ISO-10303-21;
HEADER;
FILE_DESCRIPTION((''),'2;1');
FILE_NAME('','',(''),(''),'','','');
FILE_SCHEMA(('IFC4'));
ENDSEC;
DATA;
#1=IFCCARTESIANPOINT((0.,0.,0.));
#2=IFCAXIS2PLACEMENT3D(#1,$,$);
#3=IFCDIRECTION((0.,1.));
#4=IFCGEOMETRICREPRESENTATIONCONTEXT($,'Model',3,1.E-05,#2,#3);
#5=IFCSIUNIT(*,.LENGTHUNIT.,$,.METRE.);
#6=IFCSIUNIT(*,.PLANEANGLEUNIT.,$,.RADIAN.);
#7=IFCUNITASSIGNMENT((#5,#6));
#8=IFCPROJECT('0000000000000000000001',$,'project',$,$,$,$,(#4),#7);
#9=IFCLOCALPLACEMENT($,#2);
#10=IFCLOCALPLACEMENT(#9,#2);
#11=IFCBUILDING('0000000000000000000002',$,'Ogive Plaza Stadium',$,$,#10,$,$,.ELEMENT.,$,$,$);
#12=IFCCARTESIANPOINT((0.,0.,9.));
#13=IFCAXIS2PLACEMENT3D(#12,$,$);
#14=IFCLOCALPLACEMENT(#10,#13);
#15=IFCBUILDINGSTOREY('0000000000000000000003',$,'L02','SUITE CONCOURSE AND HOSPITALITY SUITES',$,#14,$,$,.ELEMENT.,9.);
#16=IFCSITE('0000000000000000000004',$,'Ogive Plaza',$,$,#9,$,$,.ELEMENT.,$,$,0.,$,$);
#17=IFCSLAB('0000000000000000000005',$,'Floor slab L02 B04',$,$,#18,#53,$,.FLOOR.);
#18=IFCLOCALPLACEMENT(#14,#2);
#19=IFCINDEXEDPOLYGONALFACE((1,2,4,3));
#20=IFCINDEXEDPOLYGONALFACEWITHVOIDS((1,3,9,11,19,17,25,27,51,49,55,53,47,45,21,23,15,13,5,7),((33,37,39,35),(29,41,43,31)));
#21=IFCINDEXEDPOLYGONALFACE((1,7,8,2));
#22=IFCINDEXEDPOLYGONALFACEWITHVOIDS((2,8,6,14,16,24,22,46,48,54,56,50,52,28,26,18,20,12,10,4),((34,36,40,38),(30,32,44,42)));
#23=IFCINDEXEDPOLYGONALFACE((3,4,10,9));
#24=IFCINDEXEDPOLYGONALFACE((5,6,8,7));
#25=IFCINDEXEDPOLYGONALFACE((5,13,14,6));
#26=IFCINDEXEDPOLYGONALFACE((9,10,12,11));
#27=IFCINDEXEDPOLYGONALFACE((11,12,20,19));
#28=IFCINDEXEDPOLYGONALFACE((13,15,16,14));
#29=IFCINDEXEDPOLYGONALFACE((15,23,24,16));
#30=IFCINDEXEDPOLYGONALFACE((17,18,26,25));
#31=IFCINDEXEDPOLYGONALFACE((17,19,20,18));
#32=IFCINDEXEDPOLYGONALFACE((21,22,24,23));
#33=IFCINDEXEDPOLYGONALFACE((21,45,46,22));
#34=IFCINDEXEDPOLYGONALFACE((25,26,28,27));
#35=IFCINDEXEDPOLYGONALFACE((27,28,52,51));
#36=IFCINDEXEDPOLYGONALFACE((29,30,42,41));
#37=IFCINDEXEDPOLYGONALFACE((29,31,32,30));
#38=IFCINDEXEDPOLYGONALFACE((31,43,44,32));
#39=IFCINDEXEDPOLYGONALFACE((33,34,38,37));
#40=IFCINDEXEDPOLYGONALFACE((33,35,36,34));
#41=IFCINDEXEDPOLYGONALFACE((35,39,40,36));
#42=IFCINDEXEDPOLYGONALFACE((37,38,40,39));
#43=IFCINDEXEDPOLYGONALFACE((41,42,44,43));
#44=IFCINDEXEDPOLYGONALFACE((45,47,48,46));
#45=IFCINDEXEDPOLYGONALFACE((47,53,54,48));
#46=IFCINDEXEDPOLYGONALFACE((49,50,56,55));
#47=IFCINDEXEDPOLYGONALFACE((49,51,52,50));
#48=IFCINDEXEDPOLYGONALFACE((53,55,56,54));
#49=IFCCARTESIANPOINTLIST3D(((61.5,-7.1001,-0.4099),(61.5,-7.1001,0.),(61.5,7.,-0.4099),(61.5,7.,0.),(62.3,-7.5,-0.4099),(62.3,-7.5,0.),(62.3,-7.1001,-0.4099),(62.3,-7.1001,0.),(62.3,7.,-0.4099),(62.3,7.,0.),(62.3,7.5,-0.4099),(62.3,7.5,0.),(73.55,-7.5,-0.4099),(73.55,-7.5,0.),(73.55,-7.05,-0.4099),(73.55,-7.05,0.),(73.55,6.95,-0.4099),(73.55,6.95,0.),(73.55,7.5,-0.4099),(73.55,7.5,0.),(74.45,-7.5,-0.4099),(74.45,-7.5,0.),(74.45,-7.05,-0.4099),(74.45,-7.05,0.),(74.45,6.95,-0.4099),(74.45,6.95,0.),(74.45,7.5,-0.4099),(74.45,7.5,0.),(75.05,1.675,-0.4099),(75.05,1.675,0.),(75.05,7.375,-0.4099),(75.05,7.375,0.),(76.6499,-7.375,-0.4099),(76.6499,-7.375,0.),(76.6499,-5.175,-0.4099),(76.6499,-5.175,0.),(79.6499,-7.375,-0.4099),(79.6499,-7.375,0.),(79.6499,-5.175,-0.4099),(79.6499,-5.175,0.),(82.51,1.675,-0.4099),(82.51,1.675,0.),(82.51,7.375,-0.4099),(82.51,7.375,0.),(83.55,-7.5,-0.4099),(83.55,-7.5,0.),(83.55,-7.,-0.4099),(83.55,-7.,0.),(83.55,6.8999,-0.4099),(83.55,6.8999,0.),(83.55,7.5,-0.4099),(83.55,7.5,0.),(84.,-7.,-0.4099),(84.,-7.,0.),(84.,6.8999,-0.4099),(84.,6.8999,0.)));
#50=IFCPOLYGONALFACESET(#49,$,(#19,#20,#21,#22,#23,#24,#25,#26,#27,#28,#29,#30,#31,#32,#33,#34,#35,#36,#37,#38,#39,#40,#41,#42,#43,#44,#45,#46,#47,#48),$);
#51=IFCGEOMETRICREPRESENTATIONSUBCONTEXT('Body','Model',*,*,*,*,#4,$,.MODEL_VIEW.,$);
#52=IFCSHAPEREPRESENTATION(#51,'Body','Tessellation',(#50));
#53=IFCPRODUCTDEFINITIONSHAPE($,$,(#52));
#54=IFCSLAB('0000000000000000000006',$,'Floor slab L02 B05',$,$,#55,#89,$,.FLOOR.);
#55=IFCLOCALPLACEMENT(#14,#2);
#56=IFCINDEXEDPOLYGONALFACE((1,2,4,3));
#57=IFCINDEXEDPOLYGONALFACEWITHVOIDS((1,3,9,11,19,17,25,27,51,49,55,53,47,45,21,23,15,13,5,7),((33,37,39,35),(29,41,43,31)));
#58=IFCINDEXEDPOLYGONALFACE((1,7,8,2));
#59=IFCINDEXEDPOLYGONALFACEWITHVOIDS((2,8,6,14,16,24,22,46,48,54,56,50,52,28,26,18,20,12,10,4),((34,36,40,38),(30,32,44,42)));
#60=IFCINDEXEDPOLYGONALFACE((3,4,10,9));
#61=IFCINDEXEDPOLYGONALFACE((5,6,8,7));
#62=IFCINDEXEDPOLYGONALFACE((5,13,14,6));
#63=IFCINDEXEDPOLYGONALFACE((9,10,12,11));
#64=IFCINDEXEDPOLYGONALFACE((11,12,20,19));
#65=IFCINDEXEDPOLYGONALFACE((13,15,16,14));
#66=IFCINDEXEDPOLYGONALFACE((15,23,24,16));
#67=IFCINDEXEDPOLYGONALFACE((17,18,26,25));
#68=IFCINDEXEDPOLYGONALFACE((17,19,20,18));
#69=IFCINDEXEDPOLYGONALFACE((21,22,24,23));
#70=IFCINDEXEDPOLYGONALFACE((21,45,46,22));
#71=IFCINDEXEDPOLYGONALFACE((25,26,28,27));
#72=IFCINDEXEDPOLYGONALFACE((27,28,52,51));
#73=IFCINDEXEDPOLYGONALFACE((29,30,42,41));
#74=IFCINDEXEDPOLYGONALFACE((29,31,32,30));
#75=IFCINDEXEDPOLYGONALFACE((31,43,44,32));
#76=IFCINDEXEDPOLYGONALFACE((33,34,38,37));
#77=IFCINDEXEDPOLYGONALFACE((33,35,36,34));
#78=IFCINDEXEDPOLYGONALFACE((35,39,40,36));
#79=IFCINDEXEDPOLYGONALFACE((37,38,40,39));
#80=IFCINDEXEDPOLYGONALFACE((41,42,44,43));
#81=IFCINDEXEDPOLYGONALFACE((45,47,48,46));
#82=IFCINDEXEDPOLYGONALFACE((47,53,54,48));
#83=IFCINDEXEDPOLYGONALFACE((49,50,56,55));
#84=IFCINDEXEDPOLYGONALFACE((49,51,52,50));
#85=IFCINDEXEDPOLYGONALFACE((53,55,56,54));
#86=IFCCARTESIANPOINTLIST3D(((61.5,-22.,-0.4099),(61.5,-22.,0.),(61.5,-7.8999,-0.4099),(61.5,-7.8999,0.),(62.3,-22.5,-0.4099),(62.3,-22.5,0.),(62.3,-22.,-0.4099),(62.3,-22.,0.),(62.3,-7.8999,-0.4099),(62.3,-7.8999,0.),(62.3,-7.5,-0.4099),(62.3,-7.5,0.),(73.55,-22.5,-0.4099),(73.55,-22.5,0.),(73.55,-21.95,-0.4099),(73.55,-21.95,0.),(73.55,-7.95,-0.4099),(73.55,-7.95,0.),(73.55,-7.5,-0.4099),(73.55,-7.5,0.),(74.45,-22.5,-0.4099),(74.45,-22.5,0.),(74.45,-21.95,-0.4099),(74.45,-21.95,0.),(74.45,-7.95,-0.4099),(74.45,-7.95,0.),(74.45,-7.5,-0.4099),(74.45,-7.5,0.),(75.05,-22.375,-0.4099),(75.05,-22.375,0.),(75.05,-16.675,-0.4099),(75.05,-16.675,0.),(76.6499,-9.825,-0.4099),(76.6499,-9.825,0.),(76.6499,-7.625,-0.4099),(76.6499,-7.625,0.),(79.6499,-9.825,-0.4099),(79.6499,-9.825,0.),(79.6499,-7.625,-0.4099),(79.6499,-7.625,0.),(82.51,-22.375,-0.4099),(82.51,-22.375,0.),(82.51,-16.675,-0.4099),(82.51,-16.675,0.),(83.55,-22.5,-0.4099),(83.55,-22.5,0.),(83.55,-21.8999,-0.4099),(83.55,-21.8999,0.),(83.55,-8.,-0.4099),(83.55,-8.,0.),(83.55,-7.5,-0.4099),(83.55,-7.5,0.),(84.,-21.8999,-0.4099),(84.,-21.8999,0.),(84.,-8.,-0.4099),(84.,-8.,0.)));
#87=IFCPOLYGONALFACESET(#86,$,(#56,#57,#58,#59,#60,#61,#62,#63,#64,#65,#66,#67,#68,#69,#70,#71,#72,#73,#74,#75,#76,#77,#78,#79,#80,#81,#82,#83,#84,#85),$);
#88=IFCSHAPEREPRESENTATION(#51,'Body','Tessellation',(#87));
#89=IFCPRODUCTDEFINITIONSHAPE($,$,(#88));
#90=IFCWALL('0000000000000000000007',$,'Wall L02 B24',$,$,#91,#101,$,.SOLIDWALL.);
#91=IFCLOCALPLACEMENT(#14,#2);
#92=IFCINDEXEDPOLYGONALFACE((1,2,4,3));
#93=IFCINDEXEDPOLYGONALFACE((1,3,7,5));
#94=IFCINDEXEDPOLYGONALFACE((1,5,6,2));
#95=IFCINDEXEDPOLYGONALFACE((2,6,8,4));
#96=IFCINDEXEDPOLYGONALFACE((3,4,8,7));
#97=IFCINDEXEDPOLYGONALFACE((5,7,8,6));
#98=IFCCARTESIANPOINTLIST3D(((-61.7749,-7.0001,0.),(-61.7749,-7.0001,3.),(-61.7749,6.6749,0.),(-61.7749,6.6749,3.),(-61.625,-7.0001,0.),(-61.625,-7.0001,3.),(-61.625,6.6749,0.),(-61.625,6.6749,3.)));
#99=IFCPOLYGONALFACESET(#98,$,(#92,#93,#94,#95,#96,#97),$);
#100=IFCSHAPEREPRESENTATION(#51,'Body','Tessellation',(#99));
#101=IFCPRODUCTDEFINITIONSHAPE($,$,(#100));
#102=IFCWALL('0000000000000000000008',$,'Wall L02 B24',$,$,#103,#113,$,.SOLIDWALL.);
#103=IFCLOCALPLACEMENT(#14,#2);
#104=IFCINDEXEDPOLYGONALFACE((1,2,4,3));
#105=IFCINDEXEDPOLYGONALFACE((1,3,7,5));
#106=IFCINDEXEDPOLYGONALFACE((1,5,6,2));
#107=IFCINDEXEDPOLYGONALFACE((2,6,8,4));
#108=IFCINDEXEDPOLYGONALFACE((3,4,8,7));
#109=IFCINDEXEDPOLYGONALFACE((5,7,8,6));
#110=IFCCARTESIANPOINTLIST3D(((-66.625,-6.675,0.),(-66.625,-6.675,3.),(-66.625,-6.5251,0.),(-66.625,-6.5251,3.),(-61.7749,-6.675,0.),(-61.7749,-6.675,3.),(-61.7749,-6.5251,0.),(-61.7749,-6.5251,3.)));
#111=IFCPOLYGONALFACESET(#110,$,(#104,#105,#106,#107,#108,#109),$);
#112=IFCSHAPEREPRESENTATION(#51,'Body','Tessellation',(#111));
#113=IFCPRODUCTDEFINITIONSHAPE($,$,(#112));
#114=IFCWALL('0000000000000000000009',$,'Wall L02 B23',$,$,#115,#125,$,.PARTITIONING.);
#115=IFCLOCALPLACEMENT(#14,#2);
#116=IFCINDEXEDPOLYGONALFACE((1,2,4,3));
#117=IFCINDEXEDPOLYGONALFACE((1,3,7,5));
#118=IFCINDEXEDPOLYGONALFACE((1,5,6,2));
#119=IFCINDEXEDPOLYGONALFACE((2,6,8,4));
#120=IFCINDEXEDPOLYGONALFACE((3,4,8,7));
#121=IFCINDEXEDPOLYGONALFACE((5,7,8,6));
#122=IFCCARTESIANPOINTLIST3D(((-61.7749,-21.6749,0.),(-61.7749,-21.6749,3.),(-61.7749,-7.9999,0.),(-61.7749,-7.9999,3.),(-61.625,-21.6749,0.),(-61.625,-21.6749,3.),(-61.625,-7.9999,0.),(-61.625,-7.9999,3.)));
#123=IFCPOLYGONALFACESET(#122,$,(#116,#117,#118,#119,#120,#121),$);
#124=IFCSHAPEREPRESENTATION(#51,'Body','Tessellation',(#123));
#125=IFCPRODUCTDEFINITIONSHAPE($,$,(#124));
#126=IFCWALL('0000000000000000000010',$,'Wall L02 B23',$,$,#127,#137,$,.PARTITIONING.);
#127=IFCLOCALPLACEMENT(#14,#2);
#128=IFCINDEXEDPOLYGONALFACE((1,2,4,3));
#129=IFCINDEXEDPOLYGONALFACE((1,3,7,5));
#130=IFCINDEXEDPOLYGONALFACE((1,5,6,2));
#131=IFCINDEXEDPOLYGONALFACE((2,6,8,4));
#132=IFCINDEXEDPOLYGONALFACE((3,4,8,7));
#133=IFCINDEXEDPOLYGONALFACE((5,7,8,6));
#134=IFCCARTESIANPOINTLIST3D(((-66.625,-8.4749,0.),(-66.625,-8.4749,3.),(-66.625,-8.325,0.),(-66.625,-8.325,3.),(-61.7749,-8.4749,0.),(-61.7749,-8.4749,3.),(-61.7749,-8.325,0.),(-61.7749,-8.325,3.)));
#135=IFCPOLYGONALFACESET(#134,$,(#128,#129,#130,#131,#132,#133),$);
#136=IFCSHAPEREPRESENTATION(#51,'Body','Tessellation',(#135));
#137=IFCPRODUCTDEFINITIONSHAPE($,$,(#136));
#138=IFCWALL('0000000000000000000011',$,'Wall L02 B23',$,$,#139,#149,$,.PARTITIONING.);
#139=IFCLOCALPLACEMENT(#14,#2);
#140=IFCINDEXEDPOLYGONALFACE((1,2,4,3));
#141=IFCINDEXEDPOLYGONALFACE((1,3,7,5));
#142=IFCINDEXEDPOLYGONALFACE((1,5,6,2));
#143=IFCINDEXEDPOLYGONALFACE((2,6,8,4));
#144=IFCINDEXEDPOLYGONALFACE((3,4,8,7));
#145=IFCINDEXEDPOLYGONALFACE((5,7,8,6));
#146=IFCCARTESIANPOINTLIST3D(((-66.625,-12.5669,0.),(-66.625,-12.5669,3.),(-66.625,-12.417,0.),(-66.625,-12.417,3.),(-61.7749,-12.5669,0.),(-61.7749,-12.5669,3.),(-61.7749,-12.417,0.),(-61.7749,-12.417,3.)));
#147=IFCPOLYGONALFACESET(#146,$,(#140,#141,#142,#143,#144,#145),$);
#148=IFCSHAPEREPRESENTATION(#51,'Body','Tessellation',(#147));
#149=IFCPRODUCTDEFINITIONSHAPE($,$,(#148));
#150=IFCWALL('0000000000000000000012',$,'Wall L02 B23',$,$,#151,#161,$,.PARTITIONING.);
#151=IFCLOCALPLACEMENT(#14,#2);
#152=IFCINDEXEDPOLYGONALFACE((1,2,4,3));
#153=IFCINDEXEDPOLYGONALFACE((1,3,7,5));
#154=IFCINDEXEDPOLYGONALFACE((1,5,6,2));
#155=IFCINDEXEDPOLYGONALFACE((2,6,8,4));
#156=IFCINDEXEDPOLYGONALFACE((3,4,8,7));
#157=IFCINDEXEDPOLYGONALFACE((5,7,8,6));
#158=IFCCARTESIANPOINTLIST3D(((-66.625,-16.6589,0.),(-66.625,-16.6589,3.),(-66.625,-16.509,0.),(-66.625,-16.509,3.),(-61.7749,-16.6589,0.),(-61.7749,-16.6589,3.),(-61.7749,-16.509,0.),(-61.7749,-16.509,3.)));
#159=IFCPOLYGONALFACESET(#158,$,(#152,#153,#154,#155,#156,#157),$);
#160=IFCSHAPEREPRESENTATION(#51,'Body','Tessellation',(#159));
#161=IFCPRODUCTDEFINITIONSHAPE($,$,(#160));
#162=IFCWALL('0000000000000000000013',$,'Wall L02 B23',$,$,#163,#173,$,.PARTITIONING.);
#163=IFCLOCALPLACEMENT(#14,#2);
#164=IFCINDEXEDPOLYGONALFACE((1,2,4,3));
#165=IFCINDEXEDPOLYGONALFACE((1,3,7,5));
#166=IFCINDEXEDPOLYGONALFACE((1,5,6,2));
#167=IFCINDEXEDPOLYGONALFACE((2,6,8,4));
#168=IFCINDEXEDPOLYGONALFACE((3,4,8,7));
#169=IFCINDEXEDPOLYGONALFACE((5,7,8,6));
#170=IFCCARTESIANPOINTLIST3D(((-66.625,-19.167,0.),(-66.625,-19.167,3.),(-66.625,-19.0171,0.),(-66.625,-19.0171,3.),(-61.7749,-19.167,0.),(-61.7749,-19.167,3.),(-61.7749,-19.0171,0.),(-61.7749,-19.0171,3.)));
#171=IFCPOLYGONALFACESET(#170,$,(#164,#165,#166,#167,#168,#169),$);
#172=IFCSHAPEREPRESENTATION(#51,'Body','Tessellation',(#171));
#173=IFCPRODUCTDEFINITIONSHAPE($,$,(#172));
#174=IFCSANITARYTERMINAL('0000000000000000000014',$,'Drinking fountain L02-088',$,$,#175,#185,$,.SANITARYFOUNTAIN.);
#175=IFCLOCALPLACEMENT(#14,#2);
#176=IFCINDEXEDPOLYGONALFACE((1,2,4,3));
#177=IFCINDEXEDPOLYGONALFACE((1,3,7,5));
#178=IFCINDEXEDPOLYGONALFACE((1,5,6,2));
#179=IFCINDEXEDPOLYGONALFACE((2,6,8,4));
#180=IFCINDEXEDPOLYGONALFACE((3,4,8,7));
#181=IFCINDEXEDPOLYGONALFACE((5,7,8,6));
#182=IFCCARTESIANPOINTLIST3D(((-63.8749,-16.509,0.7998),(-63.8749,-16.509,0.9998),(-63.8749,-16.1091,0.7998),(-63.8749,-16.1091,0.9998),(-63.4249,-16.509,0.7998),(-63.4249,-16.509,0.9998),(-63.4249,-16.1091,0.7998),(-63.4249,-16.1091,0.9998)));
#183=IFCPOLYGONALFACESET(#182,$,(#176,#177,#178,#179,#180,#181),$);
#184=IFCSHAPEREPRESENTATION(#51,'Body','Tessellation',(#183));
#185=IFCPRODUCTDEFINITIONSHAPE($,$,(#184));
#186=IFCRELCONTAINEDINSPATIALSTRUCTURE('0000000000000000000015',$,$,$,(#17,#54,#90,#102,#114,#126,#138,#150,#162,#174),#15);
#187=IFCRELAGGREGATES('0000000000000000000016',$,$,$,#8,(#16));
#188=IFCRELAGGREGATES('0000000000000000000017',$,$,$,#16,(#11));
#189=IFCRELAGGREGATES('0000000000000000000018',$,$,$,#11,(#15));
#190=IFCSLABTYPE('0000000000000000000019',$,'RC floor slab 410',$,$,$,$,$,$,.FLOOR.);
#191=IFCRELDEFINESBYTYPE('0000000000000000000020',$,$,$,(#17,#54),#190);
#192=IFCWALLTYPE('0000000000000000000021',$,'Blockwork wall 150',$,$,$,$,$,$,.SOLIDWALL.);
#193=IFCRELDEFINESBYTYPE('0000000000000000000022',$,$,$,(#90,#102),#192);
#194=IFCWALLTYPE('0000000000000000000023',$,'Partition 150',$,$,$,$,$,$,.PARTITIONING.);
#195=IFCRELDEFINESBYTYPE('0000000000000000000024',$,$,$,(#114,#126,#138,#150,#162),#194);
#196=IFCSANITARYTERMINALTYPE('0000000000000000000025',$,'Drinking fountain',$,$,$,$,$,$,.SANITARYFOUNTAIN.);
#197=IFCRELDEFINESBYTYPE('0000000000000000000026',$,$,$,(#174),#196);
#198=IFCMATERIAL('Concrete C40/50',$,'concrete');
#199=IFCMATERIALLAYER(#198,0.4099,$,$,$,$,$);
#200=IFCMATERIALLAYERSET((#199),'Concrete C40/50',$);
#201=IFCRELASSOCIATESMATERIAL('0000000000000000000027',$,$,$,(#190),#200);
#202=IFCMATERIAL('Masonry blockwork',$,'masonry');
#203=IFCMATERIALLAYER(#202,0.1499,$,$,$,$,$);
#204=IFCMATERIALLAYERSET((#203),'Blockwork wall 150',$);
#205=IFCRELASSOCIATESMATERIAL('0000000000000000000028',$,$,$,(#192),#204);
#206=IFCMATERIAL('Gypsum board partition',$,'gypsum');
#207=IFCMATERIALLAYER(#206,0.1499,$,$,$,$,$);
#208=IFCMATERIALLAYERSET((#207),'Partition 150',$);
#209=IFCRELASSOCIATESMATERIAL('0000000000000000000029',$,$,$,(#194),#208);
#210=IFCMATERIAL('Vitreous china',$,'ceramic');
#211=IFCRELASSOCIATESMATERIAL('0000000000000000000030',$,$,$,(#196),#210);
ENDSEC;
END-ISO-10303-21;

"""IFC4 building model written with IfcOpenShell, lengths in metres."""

from ifc_helpers import new_model, si_unit, direction, frame, frame_2d, origin, origin_2d, place, context, subcontext, project, spatial, polyline, rectangle, outline, extrude, material, layer, layer_set, type_object, element, save


model = new_model("IFC4")

# Units and contexts
model_context = context("Model", 3, precision=1e-05, world=origin(), true_north=direction((0.0, 1.0)))
body_context = subcontext(model_context, "Body", "Model", "MODEL_VIEW")
ifc_project = project(units=[si_unit("LENGTHUNIT", "METRE"), si_unit("PLANEANGLEUNIT", "RADIAN")], contexts=[model_context])

# Site, building, storey
site_placement = place(None, origin())
site = spatial("IfcSite", under=ifc_project, at=site_placement, Name="Ogive Plaza", CompositionType="ELEMENT", RefElevation=0.0)
building_placement = place(site_placement, origin())
building = spatial("IfcBuilding", under=site, at=building_placement, Name="Ogive Plaza Stadium", CompositionType="ELEMENT")
storey_placement = place(building_placement, frame((0.0, 0.0, 9.0)))
storey = spatial("IfcBuildingStorey", under=building, at=storey_placement, Name="L02", Description="SUITE CONCOURSE AND HOSPITALITY SUITES", CompositionType="ELEMENT", Elevation=9.0)

# Slabs
ifc_material_1 = material(Name="Concrete C40/50", Category="concrete")
ifc_layer_1 = layer(ifc_material_1, 0.4099)
ifc_layer_set_1 = layer_set([ifc_layer_1], Name="Concrete C40/50")
slab_type = type_object("IfcSlabType", Name="RC floor slab 410", PredefinedType="FLOOR", material=ifc_layer_set_1)
slab_1_placement = place(storey_placement, frame((0.0, 0.0, -0.4099)))
element("IfcSlab", 1, at=slab_1_placement, inside=storey, type_object=slab_type, Name="Floor slab L02 B04", PredefinedType="FLOOR", context=body_context, shape_type="SweptSolid", body=[
    extrude(outline(polyline([(73.55, -7.5), (73.55, -7.05), (74.45, -7.05), (74.45, -7.5), (83.55, -7.5), (83.55, -7.0), (84.0, -7.0), (84.0, 6.8999), (83.55, 6.8999), (83.55, 7.5), (74.45, 7.5), (74.45, 6.95), (73.55, 6.95), (73.55, 7.5), (62.3, 7.5), (62.3, 7.0), (61.5, 7.0), (61.5, -7.1001), (62.3, -7.1001), (62.3, -7.5), (73.55, -7.5)]), holes=[polyline([(76.6499, -5.175), (76.6499, -7.375), (79.6499, -7.375), (79.6499, -5.175), (76.6499, -5.175)]), polyline([(75.05, 7.375), (75.05, 1.675), (82.51, 1.675), (82.51, 7.375), (75.05, 7.375)])]), origin(), (0.0, 0.0, 1.0), 0.4099),
])
slab_2_placement = place(storey_placement, frame((0.0, 0.0, -0.4099)))
element("IfcSlab", 2, at=slab_2_placement, inside=storey, type_object=slab_type, Name="Floor slab L02 B05", PredefinedType="FLOOR", context=body_context, shape_type="SweptSolid", body=[
    extrude(outline(polyline([(73.55, -22.5), (73.55, -21.95), (74.45, -21.95), (74.45, -22.5), (83.55, -22.5), (83.55, -21.8999), (84.0, -21.8999), (84.0, -8.0), (83.55, -8.0), (83.55, -7.5), (74.45, -7.5), (74.45, -7.95), (73.55, -7.95), (73.55, -7.5), (62.3, -7.5), (62.3, -7.8999), (61.5, -7.8999), (61.5, -22.0), (62.3, -22.0), (62.3, -22.5), (73.55, -22.5)]), holes=[polyline([(75.05, -16.675), (75.05, -22.375), (82.51, -22.375), (82.51, -16.675), (75.05, -16.675)]), polyline([(76.6499, -7.625), (76.6499, -9.825), (79.6499, -9.825), (79.6499, -7.625), (76.6499, -7.625)])]), origin(), (0.0, 0.0, 1.0), 0.4099),
])

# Walls
ifc_material_2 = material(Name="Masonry blockwork", Category="masonry")
ifc_layer_2 = layer(ifc_material_2, 0.1499)
ifc_layer_set_2 = layer_set([ifc_layer_2], Name="Blockwork wall 150")
wall_type_1 = type_object("IfcWallType", Name="Blockwork wall 150", PredefinedType="SOLIDWALL", material=ifc_layer_set_2)
wall_1_placement = place(storey_placement, frame((-61.7, -7.0, 0.0), z_axis=(0.0, 0.0, 1.0), x_axis=(0.0, 1.0, 0.0)))
element("IfcWall", 3, at=wall_1_placement, inside=storey, type_object=wall_type_1, Name="Wall L02 B24", PredefinedType="SOLIDWALL", context=body_context, shape_type="SweptSolid", body=[
    extrude(rectangle(XDim=13.675, YDim=0.1499, at=frame_2d((6.8374, 0.0))), origin(), (0.0, 0.0, 1.0), 3.0),
])
wall_2_placement = place(storey_placement, frame((-61.7749, -6.6001, 0.0), z_axis=(0.0, 0.0, 1.0), x_axis=(-1.0, 0.0, 0.0)))
element("IfcWall", 4, at=wall_2_placement, inside=storey, type_object=wall_type_1, Name="Wall L02 B24", PredefinedType="SOLIDWALL", context=body_context, shape_type="SweptSolid", body=[
    extrude(rectangle(XDim=4.8501, YDim=0.1499, at=frame_2d((2.425, 0.0))), origin(), (0.0, 0.0, 1.0), 3.0),
])
ifc_material_3 = material(Name="Gypsum board partition", Category="gypsum")
ifc_layer_3 = layer(ifc_material_3, 0.1499)
ifc_layer_set_3 = layer_set([ifc_layer_3], Name="Partition 150")
wall_type_2 = type_object("IfcWallType", Name="Partition 150", PredefinedType="PARTITIONING", material=ifc_layer_set_3)
wall_3_placement = place(storey_placement, frame((-61.7, -8.0, 0.0), z_axis=(0.0, 0.0, 1.0), x_axis=(0.0, -1.0, 0.0)))
element("IfcWall", 5, at=wall_3_placement, inside=storey, type_object=wall_type_2, Name="Wall L02 B23", PredefinedType="PARTITIONING", context=body_context, shape_type="SweptSolid", body=[
    extrude(rectangle(XDim=13.675, YDim=0.1499, at=frame_2d((6.8374, 0.0))), origin(), (0.0, 0.0, 1.0), 3.0),
])
for number, where, z_axis, x_axis, name in (
    (6, (-61.7749, -8.3999, 0.0), (0.0, 0.0, 1.0), (-1.0, 0.0, 0.0), "Wall L02 B23"),
    (7, (-61.7749, -12.4919, 0.0), (0.0, 0.0, 1.0), (-1.0, 0.0, 0.0), "Wall L02 B23"),
    (8, (-61.7749, -16.584, 0.0), (0.0, 0.0, 1.0), (-1.0, 0.0, 0.0), "Wall L02 B23"),
    (9, (-61.7749, -19.092, 0.0), (0.0, 0.0, 1.0), (-1.0, 0.0, 0.0), "Wall L02 B23"),
):
    element("IfcWall", number, at=place(storey_placement, frame(where, z_axis=z_axis, x_axis=x_axis)), inside=storey, type_object=wall_type_2, Name=name, PredefinedType="PARTITIONING", context=body_context, shape_type="SweptSolid", body=[
        extrude(rectangle(XDim=4.8501, YDim=0.1499, at=frame_2d((2.425, 0.0))), origin(), (0.0, 0.0, 1.0), 3.0),
    ])

# Sanitary terminal
ifc_material_4 = material(Name="Vitreous china", Category="ceramic")
sanitary_terminal_type_1 = type_object("IfcSanitaryTerminalType", Name="Drinking fountain", PredefinedType="SANITARYFOUNTAIN", material=ifc_material_4)
sanitary_terminal_1_placement = place(storey_placement, frame((-63.6499, -16.3091, 0.7998), z_axis=(0.0, 0.0, 1.0), x_axis=(-1.0, 0.0, 0.0)))
element("IfcSanitaryTerminal", 10, at=sanitary_terminal_1_placement, inside=storey, type_object=sanitary_terminal_type_1, Name="Drinking fountain L02-088", PredefinedType="SANITARYFOUNTAIN", context=body_context, shape_type="SweptSolid", body=[
    extrude(rectangle(XDim=0.45, YDim=0.3999, at=origin_2d()), origin(), (0.0, 0.0, 1.0), 0.2),
])

save(model, "model.ifc")
